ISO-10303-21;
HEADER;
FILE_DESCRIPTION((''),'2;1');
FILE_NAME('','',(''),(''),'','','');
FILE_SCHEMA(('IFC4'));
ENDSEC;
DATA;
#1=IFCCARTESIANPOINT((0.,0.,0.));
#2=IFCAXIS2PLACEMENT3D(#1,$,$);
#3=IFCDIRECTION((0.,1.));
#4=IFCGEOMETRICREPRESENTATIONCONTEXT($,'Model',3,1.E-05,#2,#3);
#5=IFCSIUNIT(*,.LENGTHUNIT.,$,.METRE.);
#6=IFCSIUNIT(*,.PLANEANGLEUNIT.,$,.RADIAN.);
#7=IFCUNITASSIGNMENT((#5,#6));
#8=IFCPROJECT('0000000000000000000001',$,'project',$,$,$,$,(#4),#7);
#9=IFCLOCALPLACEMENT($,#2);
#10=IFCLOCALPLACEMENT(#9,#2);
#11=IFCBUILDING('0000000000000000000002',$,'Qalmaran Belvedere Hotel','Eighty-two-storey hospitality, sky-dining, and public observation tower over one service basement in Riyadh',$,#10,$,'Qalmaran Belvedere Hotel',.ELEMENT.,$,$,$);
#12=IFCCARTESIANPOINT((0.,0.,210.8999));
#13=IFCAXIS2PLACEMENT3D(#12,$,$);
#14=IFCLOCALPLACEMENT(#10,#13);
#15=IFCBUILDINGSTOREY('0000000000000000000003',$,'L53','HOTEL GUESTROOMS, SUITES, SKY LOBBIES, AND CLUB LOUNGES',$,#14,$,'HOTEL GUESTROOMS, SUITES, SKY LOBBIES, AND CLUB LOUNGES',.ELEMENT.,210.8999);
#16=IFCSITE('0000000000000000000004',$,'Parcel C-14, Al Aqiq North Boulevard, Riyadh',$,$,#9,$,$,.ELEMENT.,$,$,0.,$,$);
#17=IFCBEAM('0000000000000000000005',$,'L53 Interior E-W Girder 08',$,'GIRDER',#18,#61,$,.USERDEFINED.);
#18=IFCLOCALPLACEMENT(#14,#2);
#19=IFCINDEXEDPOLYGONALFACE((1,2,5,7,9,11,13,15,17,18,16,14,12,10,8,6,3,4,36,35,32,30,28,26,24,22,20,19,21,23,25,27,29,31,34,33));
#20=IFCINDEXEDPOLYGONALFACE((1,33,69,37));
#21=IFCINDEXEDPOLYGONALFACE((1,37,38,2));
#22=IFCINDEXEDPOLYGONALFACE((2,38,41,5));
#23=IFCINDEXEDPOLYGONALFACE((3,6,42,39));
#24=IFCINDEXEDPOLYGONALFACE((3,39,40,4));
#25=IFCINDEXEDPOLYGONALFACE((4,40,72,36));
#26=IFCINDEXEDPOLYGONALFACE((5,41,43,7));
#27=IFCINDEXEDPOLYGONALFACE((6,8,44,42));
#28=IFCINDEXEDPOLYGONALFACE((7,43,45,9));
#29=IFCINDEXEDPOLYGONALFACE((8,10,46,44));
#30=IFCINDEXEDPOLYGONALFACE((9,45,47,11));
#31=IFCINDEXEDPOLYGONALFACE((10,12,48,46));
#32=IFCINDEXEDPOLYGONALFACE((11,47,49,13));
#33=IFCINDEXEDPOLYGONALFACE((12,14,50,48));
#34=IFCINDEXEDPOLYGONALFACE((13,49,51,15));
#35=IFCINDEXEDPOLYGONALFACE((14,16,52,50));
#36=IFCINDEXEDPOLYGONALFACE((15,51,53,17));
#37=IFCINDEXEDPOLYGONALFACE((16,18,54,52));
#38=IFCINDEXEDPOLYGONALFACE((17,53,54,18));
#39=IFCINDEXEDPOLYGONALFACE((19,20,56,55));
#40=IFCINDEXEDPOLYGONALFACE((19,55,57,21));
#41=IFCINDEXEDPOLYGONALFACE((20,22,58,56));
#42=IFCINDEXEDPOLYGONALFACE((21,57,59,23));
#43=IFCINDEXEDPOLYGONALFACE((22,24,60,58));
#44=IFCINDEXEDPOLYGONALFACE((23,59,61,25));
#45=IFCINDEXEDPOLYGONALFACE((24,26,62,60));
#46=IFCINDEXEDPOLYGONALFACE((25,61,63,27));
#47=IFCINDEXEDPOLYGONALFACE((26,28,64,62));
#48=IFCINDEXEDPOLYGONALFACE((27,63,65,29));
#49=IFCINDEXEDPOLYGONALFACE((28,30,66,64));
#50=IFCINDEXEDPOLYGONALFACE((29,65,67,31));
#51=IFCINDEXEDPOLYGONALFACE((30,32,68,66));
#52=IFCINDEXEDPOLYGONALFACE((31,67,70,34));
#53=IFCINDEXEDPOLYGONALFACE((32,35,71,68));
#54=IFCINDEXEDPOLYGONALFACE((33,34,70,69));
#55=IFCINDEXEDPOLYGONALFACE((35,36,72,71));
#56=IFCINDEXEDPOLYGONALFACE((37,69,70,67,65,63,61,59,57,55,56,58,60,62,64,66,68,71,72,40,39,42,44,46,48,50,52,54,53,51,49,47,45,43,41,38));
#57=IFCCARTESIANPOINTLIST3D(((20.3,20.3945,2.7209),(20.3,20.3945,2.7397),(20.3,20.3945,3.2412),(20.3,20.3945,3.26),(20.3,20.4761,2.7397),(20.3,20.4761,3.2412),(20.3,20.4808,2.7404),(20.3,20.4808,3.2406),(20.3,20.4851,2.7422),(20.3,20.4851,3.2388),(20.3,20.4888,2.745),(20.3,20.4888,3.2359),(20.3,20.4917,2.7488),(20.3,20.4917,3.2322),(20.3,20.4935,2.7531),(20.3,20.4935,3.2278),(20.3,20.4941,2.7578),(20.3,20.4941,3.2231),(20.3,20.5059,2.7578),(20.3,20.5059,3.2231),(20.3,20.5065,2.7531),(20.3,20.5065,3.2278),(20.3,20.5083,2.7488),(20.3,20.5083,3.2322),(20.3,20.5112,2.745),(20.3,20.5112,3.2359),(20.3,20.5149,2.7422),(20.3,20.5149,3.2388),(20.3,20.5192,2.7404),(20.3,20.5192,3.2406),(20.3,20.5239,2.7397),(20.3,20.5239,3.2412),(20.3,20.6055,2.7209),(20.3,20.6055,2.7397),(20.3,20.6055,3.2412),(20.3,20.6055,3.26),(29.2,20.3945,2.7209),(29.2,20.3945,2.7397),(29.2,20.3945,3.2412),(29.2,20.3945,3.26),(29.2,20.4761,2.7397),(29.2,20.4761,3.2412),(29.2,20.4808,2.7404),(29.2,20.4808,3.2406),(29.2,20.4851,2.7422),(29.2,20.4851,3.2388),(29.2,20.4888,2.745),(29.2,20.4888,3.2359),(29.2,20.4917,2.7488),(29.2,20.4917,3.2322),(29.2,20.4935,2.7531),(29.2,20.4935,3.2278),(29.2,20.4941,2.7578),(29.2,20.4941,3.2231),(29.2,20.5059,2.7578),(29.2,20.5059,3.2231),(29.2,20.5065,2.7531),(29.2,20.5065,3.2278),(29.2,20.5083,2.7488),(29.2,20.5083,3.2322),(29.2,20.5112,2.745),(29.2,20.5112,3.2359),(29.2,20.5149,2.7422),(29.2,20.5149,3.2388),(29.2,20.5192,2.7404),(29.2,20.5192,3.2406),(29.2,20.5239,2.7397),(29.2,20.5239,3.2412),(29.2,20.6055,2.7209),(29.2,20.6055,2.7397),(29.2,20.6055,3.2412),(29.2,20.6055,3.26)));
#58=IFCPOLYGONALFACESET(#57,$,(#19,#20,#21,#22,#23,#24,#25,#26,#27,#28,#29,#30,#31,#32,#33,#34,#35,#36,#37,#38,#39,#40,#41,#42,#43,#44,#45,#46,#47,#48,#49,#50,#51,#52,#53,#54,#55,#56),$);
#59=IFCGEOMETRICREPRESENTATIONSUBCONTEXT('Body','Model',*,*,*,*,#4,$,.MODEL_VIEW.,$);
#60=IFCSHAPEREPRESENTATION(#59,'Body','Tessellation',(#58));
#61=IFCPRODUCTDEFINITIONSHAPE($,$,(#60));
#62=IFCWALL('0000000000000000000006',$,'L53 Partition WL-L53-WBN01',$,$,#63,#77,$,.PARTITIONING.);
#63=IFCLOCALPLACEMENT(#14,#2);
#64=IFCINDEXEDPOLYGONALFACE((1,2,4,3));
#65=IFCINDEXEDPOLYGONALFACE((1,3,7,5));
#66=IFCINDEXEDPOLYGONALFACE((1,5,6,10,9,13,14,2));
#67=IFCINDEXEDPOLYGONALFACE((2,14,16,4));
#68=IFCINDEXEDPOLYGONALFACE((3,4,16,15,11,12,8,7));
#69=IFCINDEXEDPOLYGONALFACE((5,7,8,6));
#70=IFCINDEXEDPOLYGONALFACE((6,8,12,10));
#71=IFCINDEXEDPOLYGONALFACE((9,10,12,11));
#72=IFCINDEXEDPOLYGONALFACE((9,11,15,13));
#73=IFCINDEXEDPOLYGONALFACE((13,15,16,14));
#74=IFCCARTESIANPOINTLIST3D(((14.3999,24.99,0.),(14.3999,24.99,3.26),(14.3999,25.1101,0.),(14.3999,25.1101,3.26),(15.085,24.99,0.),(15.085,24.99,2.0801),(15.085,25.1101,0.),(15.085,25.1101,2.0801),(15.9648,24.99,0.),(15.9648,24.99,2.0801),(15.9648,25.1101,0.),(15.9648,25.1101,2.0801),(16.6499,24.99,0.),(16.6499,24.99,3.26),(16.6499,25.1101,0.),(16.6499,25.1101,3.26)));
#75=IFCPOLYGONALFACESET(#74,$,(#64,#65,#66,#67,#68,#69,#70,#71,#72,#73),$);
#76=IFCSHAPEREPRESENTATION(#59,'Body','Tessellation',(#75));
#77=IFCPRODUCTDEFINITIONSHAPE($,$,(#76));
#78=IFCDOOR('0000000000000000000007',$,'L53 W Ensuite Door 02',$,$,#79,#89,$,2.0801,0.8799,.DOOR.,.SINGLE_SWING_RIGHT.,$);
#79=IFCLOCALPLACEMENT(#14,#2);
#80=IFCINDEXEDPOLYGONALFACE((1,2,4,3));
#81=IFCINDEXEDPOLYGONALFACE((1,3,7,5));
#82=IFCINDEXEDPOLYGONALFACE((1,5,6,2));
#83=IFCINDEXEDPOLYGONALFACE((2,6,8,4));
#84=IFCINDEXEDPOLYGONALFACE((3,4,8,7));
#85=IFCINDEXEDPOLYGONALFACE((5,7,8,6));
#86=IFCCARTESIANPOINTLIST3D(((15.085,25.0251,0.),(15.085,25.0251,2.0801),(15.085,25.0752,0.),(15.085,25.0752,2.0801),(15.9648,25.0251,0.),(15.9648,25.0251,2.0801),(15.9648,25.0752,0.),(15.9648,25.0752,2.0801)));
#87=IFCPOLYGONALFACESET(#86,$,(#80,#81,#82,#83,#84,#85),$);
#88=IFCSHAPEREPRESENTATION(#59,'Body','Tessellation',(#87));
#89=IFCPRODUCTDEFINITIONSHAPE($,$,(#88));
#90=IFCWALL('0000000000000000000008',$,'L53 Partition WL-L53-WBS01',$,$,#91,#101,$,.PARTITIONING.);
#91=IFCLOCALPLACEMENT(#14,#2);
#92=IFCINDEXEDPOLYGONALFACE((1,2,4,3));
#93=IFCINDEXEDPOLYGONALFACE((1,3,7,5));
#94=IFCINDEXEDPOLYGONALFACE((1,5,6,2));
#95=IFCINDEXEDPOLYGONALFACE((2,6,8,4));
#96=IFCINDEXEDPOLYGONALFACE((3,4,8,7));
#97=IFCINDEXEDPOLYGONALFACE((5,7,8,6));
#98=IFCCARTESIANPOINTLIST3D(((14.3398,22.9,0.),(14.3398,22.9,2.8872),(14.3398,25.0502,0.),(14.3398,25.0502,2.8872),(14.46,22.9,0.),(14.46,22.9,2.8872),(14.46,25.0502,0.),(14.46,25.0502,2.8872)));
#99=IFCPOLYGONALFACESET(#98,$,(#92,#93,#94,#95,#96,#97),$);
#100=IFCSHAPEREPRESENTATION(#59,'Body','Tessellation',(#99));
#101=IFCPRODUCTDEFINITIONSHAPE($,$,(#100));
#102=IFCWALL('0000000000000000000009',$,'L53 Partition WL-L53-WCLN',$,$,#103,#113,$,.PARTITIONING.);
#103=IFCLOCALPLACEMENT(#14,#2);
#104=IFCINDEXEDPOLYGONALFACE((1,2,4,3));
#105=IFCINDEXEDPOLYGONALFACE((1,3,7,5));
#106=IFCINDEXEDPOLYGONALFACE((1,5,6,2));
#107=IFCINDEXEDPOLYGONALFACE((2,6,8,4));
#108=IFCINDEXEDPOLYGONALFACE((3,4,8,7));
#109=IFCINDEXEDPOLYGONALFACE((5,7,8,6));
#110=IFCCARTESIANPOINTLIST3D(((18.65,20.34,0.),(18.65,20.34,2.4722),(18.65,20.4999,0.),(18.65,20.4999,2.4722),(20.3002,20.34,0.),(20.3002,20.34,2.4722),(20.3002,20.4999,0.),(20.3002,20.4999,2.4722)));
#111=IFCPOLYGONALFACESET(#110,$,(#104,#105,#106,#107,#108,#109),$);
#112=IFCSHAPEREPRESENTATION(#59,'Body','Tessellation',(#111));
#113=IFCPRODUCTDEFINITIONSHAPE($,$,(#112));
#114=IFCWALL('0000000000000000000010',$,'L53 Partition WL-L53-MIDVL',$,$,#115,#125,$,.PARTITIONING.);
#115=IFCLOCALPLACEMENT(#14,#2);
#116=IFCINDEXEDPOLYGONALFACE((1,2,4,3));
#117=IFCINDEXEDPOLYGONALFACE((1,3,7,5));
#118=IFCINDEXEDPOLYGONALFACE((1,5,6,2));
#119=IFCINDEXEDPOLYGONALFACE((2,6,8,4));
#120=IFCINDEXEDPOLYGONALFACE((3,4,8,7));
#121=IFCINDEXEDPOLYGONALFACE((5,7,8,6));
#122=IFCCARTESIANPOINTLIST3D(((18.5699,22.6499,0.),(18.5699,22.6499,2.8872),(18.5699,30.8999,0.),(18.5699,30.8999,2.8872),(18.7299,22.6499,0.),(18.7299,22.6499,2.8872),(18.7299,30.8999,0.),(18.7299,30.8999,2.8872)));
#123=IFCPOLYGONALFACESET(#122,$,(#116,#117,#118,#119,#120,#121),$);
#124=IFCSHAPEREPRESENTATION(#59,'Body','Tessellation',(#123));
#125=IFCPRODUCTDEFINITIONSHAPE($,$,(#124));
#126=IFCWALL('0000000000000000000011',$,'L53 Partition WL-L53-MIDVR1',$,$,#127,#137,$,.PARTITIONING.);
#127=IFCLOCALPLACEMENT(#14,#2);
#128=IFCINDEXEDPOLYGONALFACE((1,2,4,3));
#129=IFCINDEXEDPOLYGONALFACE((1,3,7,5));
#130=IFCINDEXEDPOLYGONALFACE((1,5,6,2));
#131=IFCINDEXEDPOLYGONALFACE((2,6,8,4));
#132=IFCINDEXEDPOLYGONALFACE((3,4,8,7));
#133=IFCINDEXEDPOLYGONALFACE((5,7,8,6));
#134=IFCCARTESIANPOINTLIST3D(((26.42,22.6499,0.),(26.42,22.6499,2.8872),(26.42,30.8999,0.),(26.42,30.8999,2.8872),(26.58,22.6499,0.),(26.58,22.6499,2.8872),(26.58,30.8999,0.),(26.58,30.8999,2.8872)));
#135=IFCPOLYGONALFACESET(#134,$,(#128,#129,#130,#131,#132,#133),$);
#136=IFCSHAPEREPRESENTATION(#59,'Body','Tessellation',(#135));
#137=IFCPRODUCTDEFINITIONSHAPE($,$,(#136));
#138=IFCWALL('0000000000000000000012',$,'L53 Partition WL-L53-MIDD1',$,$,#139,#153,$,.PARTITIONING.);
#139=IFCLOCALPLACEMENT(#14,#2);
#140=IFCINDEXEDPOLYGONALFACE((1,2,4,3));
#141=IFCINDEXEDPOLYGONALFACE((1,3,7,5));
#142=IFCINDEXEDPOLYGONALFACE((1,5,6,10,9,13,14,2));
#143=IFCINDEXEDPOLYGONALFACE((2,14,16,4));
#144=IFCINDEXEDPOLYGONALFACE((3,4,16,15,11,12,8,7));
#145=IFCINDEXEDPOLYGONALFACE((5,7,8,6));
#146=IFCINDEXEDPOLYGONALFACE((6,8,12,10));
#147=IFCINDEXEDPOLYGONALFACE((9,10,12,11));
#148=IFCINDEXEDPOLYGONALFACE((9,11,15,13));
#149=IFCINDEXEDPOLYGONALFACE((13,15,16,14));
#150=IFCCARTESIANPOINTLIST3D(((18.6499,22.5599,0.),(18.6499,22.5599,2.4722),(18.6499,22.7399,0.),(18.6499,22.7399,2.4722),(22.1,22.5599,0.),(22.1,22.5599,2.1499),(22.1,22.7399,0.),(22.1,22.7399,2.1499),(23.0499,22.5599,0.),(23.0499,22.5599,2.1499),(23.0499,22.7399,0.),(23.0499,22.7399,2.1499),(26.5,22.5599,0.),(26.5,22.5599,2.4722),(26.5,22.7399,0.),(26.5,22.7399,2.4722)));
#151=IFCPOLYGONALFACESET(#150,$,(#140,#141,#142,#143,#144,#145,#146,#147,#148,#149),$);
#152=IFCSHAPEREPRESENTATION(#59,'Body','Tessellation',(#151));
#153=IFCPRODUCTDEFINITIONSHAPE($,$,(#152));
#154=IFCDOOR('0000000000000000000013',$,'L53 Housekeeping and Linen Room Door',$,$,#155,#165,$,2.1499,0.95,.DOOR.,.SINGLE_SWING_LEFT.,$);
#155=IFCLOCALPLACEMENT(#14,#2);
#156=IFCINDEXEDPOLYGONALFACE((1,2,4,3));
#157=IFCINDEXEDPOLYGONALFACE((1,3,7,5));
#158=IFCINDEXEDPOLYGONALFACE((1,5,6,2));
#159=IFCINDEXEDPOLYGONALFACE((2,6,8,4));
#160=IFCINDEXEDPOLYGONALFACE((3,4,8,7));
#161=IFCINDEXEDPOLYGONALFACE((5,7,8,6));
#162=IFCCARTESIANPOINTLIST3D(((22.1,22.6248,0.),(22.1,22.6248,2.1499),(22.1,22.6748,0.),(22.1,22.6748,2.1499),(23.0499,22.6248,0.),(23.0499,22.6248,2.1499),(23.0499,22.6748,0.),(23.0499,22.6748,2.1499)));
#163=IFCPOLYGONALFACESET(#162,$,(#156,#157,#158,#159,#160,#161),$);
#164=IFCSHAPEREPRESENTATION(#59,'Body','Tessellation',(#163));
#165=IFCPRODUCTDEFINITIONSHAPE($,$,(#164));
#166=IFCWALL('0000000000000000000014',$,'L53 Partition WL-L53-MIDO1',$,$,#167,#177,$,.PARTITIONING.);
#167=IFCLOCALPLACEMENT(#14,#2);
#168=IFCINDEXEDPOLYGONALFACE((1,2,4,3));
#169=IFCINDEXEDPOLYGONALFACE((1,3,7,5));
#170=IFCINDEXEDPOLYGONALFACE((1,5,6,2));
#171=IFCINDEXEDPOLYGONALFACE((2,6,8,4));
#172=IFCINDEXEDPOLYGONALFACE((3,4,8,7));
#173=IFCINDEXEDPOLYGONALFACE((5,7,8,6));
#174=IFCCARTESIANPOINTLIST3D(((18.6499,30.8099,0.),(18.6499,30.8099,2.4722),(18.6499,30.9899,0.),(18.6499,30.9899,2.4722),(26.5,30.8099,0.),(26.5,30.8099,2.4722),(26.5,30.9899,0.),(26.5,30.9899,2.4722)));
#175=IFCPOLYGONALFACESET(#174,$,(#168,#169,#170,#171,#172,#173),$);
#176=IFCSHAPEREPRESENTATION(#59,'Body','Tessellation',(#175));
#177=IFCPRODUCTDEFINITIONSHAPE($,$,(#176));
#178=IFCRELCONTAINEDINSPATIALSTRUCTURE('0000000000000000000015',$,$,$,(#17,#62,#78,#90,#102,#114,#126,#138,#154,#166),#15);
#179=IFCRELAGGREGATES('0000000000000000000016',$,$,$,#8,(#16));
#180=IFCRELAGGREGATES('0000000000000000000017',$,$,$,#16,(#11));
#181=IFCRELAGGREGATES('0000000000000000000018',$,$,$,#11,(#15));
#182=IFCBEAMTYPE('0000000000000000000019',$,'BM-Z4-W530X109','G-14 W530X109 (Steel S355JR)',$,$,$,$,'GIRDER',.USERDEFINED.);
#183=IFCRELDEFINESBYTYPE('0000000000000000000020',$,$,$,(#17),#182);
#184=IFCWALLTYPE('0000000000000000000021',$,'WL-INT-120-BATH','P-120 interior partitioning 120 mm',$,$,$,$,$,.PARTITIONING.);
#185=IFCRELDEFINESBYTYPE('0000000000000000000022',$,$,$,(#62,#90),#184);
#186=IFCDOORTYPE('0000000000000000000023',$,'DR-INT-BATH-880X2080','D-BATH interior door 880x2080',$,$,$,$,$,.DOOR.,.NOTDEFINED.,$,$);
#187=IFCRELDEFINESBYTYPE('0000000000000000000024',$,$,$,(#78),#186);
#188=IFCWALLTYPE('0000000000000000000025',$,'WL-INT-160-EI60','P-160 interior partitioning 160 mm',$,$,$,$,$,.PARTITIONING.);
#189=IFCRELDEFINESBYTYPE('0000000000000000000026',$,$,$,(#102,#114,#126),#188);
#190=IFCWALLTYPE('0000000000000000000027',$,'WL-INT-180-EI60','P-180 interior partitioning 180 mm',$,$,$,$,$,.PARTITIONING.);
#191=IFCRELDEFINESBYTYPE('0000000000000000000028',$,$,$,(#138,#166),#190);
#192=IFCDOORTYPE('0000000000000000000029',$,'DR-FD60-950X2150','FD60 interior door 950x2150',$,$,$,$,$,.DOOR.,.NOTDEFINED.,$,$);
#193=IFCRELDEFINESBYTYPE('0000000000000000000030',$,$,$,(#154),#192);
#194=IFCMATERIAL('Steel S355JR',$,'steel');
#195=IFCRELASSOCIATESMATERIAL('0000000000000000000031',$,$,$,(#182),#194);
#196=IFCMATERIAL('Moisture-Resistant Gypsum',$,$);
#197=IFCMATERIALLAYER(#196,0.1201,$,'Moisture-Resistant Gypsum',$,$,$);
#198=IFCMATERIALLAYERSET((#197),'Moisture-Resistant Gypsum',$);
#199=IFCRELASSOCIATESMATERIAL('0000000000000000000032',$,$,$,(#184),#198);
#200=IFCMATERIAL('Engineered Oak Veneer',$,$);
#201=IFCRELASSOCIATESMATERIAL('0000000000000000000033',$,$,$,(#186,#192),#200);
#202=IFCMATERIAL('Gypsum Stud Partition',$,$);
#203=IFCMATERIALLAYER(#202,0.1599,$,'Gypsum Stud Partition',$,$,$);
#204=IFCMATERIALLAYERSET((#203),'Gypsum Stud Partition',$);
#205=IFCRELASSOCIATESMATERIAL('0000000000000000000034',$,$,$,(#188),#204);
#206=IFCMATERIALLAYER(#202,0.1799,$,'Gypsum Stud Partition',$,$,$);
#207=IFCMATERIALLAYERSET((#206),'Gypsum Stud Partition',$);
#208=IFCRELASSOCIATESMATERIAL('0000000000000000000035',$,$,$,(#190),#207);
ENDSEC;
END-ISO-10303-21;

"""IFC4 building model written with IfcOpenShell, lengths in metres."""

from ifc_helpers import new_model, si_unit, direction, frame, frame_2d, origin, origin_2d, place, context, subcontext, project, spatial, rectangle, i_section, extrude, material, layer, layer_set, material_profile, profile_set, type_object, element, fill, save


model = new_model("IFC4")

# Units and contexts
model_context = context("Model", 3, precision=1e-05, world=origin(), true_north=direction((0.0, 1.0)))
body_context = subcontext(model_context, "Body", "Model", "MODEL_VIEW")
ifc_project = project(units=[si_unit("LENGTHUNIT", "METRE"), si_unit("PLANEANGLEUNIT", "RADIAN")], contexts=[model_context])

# Site, building, storey
site_placement = place(None, origin())
site = spatial("IfcSite", under=ifc_project, at=site_placement, Name="Parcel C-14, Al Aqiq North Boulevard, Riyadh", CompositionType="ELEMENT", RefElevation=0.0)
building_placement = place(site_placement, origin())
building = spatial("IfcBuilding", under=site, at=building_placement, Name="Qalmaran Belvedere Hotel", Description="Eighty-two-storey hospitality, sky-dining, and public observation tower over one service basement in Riyadh", LongName="Qalmaran Belvedere Hotel", CompositionType="ELEMENT")
storey_placement = place(building_placement, frame((0.0, 0.0, 210.8999)))
storey = spatial("IfcBuildingStorey", under=building, at=storey_placement, Name="L53", Description="HOTEL GUESTROOMS, SUITES, SKY LOBBIES, AND CLUB LOUNGES", LongName="HOTEL GUESTROOMS, SUITES, SKY LOBBIES, AND CLUB LOUNGES", CompositionType="ELEMENT", Elevation=210.8999)

# Beam
ifc_material_1 = material(Name="Steel S355JR", Category="steel")
ifc_material_profile_1 = material_profile(ifc_material_1, i_section(OverallWidth=0.2109, OverallDepth=0.5391, WebThickness=0.0117, FlangeThickness=0.0188, FilletRadius=0.0181, at=origin_2d()), Name="W530X109")
ifc_profile_set_1 = profile_set([ifc_material_profile_1], Name="Steel S355JR")
beam_type_1 = type_object("IfcBeamType", Name="BM-Z4-W530X109", Description="G-14 W530X109 (Steel S355JR)", ElementType="GIRDER", PredefinedType="USERDEFINED", material=ifc_profile_set_1)
beam_1_placement = place(storey_placement, frame((20.3, 20.5, 2.9905), z_axis=(1.0, 0.0, 0.0), x_axis=(0.0, 1.0, 0.0)))
element("IfcBeam", 1, at=beam_1_placement, inside=storey, type_object=beam_type_1, Name="L53 Interior E-W Girder 08", ObjectType="GIRDER", PredefinedType="USERDEFINED", context=body_context, shape_type="SweptSolid", body=[
    extrude(i_section(OverallWidth=0.2109, OverallDepth=0.5391, WebThickness=0.0117, FlangeThickness=0.0188, FilletRadius=0.0181, at=origin_2d()), origin(), (0.0, 0.0, 1.0), 8.8999),
])

# Wall, opening, door
ifc_material_2 = material(Name="Moisture-Resistant Gypsum")
ifc_layer_1 = layer(ifc_material_2, 0.1201, Name="Moisture-Resistant Gypsum")
ifc_layer_set_1 = layer_set([ifc_layer_1], Name="Moisture-Resistant Gypsum")
wall_type_1 = type_object("IfcWallType", Name="WL-INT-120-BATH", Description="P-120 interior partitioning 120 mm", PredefinedType="PARTITIONING", material=ifc_layer_set_1)
wall_1_placement = place(storey_placement, frame((14.3999, 25.05, 0.0), z_axis=(0.0, 0.0, 1.0), x_axis=(1.0, 0.0, 0.0)))
wall_1 = element("IfcWall", 2, at=wall_1_placement, inside=storey, type_object=wall_type_1, Name="L53 Partition WL-L53-WBN01", PredefinedType="PARTITIONING", context=body_context, shape_type="SweptSolid", body=[
    extrude(rectangle(XDim=2.25, YDim=0.1201, at=frame_2d((1.125, 0.0))), origin(), (0.0, 0.0, 1.0), 3.26),
])
opening_1_placement = place(wall_1_placement, frame((1.5649, 0.0, 0.0), z_axis=(0.0, 0.0, 1.0), x_axis=(-1.0, 0.0, 0.0)))
opening_1 = element("IfcOpeningElement", 3, at=opening_1_placement, cuts=wall_1, PredefinedType="OPENING", context=body_context, shape_type="SweptSolid", body=[
    extrude(rectangle(XDim=0.8799, YDim=2.0801, at=frame_2d((0.4399, 1.04))), frame((0.0, 0.0701, 0.0), z_axis=(0.0, -1.0, 0.0), x_axis=(1.0, 0.0, 0.0)), (0.0, 0.0, 1.0), 0.1401),
])
ifc_material_3 = material(Name="Engineered Oak Veneer")
door_type_1 = type_object("IfcDoorType", Name="DR-INT-BATH-880X2080", Description="D-BATH interior door 880x2080", OperationType="NOTDEFINED", PredefinedType="DOOR", material=ifc_material_3)
door_1_placement = place(opening_1_placement, origin())
door_1 = element("IfcDoor", 4, at=door_1_placement, inside=storey, type_object=door_type_1, Name="L53 W Ensuite Door 02", OperationType="SINGLE_SWING_RIGHT", OverallHeight=2.0801, OverallWidth=0.8799, PredefinedType="DOOR", context=body_context, shape_type="SweptSolid", body=[
    extrude(rectangle(XDim=0.8799, YDim=2.0801, at=frame_2d((0.4399, 1.04))), frame((0.0, 0.0249, 0.0), z_axis=(0.0, -1.0, 0.0), x_axis=(1.0, 0.0, 0.0)), (0.0, 0.0, 1.0), 0.05),
])
fill(opening_1, door_1)

# Wall
wall_2_placement = place(storey_placement, frame((14.3999, 22.8999, 0.0), z_axis=(0.0, 0.0, 1.0), x_axis=(0.0, 1.0, 0.0)))
element("IfcWall", 5, at=wall_2_placement, inside=storey, type_object=wall_type_1, Name="L53 Partition WL-L53-WBS01", PredefinedType="PARTITIONING", context=body_context, shape_type="SweptSolid", body=[
    extrude(rectangle(XDim=2.1501, YDim=0.1201, at=frame_2d((1.0752, 0.0))), origin(), (0.0, 0.0, 1.0), 2.8872),
])

# Shared definitions
ifc_material_4 = material(Name="Gypsum Stud Partition")

# Walls
ifc_layer_2 = layer(ifc_material_4, 0.1599, Name="Gypsum Stud Partition")
ifc_layer_set_2 = layer_set([ifc_layer_2], Name="Gypsum Stud Partition")
wall_type_2 = type_object("IfcWallType", Name="WL-INT-160-EI60", Description="P-160 interior partitioning 160 mm", PredefinedType="PARTITIONING", material=ifc_layer_set_2)
wall_3_placement = place(storey_placement, frame((18.6499, 20.4199, 0.0), z_axis=(0.0, 0.0, 1.0), x_axis=(1.0, 0.0, 0.0)))
element("IfcWall", 6, at=wall_3_placement, inside=storey, type_object=wall_type_2, Name="L53 Partition WL-L53-WCLN", PredefinedType="PARTITIONING", context=body_context, shape_type="SweptSolid", body=[
    extrude(rectangle(XDim=1.6501, YDim=0.1599, at=frame_2d((0.8252, 0.0))), origin(), (0.0, 0.0, 1.0), 2.4722),
])
for number, where, z_axis, x_axis, name in (
    (7, (18.6499, 22.6499, 0.0), (0.0, 0.0, 1.0), (0.0, 1.0, 0.0), "L53 Partition WL-L53-MIDVL"),
    (8, (26.5, 22.6499, 0.0), (0.0, 0.0, 1.0), (0.0, 1.0, 0.0), "L53 Partition WL-L53-MIDVR1"),
):
    element("IfcWall", number, at=place(storey_placement, frame(where, z_axis=z_axis, x_axis=x_axis)), inside=storey, type_object=wall_type_2, Name=name, PredefinedType="PARTITIONING", context=body_context, shape_type="SweptSolid", body=[
        extrude(rectangle(XDim=8.25, YDim=0.1599, at=frame_2d((4.125, 0.0))), origin(), (0.0, 0.0, 1.0), 2.8872),
    ])

# Wall, opening, door
ifc_layer_3 = layer(ifc_material_4, 0.1799, Name="Gypsum Stud Partition")
ifc_layer_set_3 = layer_set([ifc_layer_3], Name="Gypsum Stud Partition")
wall_type_3 = type_object("IfcWallType", Name="WL-INT-180-EI60", Description="P-180 interior partitioning 180 mm", PredefinedType="PARTITIONING", material=ifc_layer_set_3)
wall_4_placement = place(storey_placement, frame((18.6499, 22.6499, 0.0), z_axis=(0.0, 0.0, 1.0), x_axis=(1.0, 0.0, 0.0)))
wall_4 = element("IfcWall", 9, at=wall_4_placement, inside=storey, type_object=wall_type_3, Name="L53 Partition WL-L53-MIDD1", PredefinedType="PARTITIONING", context=body_context, shape_type="SweptSolid", body=[
    extrude(rectangle(XDim=7.8501, YDim=0.1799, at=frame_2d((3.925, 0.0))), origin(), (0.0, 0.0, 1.0), 2.4722),
])
opening_2_placement = place(wall_4_placement, frame((3.45, 0.0, 0.0)))
opening_2 = element("IfcOpeningElement", 10, at=opening_2_placement, cuts=wall_4, PredefinedType="OPENING", context=body_context, shape_type="SweptSolid", body=[
    extrude(rectangle(XDim=0.95, YDim=2.1499, at=frame_2d((0.4751, 1.075))), frame((0.0, 0.1001, 0.0), z_axis=(0.0, -1.0, 0.0), x_axis=(1.0, 0.0, 0.0)), (0.0, 0.0, 1.0), 0.2),
])
door_type_2 = type_object("IfcDoorType", Name="DR-FD60-950X2150", Description="FD60 interior door 950x2150", OperationType="NOTDEFINED", PredefinedType="DOOR", material=ifc_material_3)
door_2_placement = place(opening_2_placement, origin())
door_2 = element("IfcDoor", 11, at=door_2_placement, inside=storey, type_object=door_type_2, Name="L53 Housekeeping and Linen Room Door", OperationType="SINGLE_SWING_LEFT", OverallHeight=2.1499, OverallWidth=0.95, PredefinedType="DOOR", context=body_context, shape_type="SweptSolid", body=[
    extrude(rectangle(XDim=0.95, YDim=2.1499, at=frame_2d((0.4751, 1.075))), frame((0.0, 0.0249, 0.0), z_axis=(0.0, -1.0, 0.0), x_axis=(1.0, 0.0, 0.0)), (0.0, 0.0, 1.0), 0.05),
])
fill(opening_2, door_2)

# Wall
wall_5_placement = place(storey_placement, frame((18.6499, 30.8999, 0.0), z_axis=(0.0, 0.0, 1.0), x_axis=(1.0, 0.0, 0.0)))
element("IfcWall", 12, at=wall_5_placement, inside=storey, type_object=wall_type_3, Name="L53 Partition WL-L53-MIDO1", PredefinedType="PARTITIONING", context=body_context, shape_type="SweptSolid", body=[
    extrude(rectangle(XDim=7.8501, YDim=0.1799, at=frame_2d((3.925, 0.0))), origin(), (0.0, 0.0, 1.0), 2.4722),
])

save(model, "model.ifc")
